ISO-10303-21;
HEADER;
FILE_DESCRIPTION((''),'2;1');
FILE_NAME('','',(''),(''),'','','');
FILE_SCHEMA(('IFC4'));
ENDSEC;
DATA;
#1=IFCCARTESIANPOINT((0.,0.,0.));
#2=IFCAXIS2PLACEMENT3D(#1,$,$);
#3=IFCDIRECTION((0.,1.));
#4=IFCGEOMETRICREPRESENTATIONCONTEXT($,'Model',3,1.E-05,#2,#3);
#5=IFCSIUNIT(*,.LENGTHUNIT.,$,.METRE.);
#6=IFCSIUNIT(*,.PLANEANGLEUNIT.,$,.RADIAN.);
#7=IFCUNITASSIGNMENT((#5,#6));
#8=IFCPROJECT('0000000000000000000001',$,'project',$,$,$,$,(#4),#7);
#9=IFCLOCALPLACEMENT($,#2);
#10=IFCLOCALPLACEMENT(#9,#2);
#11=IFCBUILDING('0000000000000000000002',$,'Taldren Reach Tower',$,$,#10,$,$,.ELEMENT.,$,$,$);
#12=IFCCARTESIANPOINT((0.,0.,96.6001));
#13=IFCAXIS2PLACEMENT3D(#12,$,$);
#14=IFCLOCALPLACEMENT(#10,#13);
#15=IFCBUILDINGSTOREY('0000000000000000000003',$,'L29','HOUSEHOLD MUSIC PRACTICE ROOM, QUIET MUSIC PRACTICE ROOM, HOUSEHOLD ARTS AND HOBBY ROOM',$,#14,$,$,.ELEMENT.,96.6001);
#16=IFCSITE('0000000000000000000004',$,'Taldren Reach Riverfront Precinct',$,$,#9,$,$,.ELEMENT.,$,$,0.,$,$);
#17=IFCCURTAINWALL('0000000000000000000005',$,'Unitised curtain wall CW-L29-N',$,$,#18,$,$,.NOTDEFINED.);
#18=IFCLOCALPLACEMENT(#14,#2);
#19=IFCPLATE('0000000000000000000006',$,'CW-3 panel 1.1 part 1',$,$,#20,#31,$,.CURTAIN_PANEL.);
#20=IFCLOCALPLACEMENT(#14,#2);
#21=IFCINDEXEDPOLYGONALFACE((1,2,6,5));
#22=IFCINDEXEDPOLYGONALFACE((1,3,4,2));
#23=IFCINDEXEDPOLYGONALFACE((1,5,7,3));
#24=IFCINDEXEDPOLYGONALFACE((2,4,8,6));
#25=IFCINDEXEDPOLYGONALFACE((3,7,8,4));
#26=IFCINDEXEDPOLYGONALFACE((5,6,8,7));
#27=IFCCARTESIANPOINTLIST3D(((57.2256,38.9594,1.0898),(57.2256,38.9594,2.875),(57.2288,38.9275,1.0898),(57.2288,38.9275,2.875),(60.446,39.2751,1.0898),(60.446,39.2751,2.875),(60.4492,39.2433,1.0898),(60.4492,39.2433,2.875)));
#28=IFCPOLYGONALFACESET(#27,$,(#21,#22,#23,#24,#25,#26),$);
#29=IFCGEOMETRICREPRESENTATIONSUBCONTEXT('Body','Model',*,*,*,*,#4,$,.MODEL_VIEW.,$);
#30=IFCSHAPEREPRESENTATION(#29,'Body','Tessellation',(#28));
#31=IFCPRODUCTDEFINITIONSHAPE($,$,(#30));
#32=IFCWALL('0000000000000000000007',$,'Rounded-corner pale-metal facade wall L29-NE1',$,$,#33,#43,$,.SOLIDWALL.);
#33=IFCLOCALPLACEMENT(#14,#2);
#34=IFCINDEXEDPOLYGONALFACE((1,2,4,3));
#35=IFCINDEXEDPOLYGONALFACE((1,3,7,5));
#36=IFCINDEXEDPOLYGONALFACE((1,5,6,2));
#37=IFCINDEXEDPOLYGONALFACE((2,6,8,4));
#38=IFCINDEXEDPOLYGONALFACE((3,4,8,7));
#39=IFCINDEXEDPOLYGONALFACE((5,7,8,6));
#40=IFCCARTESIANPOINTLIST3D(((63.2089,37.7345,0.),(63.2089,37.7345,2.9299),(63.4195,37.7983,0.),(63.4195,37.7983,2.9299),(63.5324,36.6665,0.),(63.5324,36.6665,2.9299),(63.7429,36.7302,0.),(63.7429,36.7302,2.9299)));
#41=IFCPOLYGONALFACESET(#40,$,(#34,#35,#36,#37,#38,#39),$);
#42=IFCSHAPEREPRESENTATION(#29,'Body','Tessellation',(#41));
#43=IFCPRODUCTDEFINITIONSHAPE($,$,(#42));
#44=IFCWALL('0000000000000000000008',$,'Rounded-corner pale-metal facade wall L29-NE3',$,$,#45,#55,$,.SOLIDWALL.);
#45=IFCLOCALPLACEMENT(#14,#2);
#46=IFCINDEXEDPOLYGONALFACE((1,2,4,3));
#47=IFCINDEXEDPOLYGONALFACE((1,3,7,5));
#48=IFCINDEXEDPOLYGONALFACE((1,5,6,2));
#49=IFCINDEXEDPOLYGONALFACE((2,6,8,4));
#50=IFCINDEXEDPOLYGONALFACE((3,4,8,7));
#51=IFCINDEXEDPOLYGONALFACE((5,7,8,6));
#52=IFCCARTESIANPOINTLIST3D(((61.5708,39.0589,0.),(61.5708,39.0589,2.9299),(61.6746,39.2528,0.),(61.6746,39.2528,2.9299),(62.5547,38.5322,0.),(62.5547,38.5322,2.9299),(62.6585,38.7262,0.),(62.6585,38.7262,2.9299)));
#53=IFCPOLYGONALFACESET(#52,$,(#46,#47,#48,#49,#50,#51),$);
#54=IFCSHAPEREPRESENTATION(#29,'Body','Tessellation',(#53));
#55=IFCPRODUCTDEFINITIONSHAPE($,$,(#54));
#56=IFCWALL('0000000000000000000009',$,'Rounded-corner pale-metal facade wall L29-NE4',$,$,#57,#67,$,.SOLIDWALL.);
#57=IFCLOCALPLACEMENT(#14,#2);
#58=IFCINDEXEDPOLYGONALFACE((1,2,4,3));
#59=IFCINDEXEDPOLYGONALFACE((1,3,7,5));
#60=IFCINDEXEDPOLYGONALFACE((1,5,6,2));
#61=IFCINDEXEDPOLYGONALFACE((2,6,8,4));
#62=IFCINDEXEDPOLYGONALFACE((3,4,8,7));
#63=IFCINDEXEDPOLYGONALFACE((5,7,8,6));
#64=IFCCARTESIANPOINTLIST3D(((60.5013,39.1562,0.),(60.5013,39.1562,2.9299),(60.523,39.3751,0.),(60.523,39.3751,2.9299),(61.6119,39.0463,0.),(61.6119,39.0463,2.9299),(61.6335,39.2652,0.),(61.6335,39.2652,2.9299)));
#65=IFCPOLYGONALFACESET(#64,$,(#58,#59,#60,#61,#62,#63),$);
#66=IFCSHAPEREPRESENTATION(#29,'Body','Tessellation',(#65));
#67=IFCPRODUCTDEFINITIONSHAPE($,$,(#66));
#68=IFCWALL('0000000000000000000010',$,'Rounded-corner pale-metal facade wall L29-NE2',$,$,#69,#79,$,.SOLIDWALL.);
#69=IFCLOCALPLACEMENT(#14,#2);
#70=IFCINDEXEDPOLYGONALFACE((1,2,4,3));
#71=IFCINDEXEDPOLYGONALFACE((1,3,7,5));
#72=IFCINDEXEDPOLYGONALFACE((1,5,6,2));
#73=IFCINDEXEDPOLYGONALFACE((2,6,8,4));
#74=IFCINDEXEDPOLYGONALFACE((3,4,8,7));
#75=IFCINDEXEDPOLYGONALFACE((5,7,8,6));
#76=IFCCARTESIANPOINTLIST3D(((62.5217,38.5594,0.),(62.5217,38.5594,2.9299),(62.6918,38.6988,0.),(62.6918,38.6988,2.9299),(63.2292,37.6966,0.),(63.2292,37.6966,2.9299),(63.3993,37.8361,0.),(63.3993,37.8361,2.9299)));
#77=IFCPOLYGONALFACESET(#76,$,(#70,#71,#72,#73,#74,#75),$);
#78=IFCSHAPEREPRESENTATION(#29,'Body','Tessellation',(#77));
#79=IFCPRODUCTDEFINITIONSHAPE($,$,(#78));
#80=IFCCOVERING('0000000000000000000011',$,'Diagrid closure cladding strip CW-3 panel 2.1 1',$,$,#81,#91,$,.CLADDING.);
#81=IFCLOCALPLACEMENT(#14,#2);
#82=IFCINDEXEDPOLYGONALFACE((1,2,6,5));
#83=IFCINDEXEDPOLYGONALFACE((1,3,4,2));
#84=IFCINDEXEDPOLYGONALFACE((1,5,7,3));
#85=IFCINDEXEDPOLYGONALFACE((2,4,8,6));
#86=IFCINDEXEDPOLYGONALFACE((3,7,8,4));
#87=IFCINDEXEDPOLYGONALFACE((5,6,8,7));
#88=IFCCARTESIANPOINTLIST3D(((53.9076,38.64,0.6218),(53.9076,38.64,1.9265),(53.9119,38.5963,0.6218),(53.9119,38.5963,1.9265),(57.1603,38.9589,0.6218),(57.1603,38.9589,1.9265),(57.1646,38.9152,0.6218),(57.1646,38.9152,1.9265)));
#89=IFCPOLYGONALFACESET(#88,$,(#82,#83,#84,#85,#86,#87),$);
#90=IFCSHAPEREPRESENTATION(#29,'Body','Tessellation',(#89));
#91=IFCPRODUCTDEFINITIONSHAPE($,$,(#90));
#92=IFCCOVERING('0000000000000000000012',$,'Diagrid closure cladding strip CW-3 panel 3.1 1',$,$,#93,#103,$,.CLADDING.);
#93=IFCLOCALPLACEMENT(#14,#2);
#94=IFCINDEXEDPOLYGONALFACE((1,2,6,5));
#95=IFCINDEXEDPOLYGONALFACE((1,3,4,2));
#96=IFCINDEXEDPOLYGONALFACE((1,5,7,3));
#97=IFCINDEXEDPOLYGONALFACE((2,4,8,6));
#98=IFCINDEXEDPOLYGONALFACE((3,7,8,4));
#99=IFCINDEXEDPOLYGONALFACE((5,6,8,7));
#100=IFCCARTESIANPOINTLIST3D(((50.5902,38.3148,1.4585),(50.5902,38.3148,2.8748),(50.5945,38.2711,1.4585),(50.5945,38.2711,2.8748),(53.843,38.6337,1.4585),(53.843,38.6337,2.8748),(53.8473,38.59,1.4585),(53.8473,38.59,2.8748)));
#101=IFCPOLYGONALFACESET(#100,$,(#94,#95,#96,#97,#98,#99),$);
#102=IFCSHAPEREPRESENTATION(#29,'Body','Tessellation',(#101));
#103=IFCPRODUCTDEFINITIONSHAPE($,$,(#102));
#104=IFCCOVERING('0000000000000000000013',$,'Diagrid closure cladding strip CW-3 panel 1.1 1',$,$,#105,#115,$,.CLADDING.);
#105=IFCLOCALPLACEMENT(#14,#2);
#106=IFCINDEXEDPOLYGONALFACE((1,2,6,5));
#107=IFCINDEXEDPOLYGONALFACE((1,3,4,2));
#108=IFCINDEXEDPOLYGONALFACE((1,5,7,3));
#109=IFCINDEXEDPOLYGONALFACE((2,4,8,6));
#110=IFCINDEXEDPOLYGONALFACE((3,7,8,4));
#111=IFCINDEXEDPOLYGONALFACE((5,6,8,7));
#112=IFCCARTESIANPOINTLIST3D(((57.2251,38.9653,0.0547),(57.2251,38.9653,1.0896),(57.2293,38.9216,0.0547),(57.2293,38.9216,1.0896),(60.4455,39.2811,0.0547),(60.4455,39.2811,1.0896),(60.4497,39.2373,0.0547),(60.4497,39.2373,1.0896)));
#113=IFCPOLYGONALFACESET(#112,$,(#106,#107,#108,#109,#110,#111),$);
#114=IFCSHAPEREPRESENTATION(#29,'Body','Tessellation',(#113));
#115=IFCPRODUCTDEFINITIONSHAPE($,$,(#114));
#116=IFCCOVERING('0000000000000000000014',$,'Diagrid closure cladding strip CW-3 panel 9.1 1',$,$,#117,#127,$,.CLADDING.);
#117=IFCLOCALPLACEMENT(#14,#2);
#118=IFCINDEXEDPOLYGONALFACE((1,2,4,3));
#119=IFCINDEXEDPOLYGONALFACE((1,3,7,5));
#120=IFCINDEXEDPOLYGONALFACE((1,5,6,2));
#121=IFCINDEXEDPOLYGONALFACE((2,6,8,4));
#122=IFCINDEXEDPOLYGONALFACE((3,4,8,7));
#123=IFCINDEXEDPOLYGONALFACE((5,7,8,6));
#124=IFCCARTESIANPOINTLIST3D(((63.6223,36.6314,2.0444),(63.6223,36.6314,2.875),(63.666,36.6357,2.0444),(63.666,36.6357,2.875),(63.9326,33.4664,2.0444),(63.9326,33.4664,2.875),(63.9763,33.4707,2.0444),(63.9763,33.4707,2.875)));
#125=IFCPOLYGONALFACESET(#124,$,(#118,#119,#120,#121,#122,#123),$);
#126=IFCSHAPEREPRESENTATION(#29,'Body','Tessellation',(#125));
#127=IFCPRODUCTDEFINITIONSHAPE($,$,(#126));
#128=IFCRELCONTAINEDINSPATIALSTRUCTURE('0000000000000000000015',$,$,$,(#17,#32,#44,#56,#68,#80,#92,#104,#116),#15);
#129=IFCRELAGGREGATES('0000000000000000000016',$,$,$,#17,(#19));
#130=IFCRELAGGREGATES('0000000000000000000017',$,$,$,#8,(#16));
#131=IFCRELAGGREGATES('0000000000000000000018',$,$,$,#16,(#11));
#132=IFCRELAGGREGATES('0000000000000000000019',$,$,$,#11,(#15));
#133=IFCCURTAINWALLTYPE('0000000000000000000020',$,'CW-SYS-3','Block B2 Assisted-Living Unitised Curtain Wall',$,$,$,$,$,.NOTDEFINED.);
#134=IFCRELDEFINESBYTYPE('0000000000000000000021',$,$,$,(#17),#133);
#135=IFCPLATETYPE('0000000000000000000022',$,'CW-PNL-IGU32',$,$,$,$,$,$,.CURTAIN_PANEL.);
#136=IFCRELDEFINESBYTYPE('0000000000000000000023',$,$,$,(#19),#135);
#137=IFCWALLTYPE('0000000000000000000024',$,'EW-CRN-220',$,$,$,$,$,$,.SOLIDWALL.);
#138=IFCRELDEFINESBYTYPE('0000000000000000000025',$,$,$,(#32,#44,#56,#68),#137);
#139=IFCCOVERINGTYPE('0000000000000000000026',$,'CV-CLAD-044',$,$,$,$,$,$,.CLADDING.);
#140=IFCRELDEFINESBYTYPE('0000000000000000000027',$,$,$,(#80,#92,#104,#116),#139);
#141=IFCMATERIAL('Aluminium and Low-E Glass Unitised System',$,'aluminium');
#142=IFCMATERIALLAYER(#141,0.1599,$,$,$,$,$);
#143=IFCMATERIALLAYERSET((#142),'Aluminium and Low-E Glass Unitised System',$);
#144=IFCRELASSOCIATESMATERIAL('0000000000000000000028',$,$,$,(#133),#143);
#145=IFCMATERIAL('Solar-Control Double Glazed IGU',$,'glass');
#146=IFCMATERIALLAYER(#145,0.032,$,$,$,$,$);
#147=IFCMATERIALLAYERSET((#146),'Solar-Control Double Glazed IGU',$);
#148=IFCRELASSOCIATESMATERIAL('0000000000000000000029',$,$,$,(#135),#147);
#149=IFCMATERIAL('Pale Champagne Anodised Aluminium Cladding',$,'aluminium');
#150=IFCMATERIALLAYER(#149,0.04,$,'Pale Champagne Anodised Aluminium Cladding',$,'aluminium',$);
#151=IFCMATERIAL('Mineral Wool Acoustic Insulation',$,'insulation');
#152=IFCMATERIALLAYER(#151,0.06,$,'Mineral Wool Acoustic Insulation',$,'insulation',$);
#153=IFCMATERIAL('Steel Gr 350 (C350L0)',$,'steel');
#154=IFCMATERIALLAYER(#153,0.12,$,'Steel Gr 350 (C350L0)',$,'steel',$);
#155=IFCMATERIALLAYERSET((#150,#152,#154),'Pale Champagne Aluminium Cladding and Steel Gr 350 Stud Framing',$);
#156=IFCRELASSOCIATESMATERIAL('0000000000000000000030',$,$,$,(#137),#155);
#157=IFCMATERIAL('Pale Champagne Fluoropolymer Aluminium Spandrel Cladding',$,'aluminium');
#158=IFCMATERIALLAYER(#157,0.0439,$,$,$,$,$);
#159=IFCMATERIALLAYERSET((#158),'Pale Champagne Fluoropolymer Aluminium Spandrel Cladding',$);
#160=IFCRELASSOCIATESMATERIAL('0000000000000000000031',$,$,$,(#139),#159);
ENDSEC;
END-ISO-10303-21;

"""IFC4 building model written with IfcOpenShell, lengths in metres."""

from ifc_helpers import new_model, si_unit, direction, frame, frame_2d, origin, origin_2d, place, context, subcontext, project, spatial, rectangle, extrude, source, transform, mapped, material, layer, layer_set, type_object, element, aggregate, save


model = new_model("IFC4")

# Units and contexts
model_context = context("Model", 3, precision=1e-05, world=origin(), true_north=direction((0.0, 1.0)))
body_context = subcontext(model_context, "Body", "Model", "MODEL_VIEW")
ifc_project = project(units=[si_unit("LENGTHUNIT", "METRE"), si_unit("PLANEANGLEUNIT", "RADIAN")], contexts=[model_context])

# Site, building, storey
site_placement = place(None, origin())
site = spatial("IfcSite", under=ifc_project, at=site_placement, Name="Taldren Reach Riverfront Precinct", CompositionType="ELEMENT", RefElevation=0.0)
building_placement = place(site_placement, origin())
building = spatial("IfcBuilding", under=site, at=building_placement, Name="Taldren Reach Tower", CompositionType="ELEMENT")
storey_placement = place(building_placement, frame((0.0, 0.0, 96.6001)))
storey = spatial("IfcBuildingStorey", under=building, at=storey_placement, Name="L29", Description="HOUSEHOLD MUSIC PRACTICE ROOM, QUIET MUSIC PRACTICE ROOM, HOUSEHOLD ARTS AND HOBBY ROOM", CompositionType="ELEMENT", Elevation=96.6001)

# Shared definitions
ifc_material_1 = material(Name="Steel Gr 350 (C350L0)", Category="steel")

# Curtain wall
ifc_material_2 = material(Name="Aluminium and Low-E Glass Unitised System", Category="aluminium")
ifc_layer_1 = layer(ifc_material_2, 0.1599)
ifc_layer_set_1 = layer_set([ifc_layer_1], Name="Aluminium and Low-E Glass Unitised System")
curtain_wall_type = type_object("IfcCurtainWallType", Name="CW-SYS-3", Description="Block B2 Assisted-Living Unitised Curtain Wall", PredefinedType="NOTDEFINED", material=ifc_layer_set_1)
curtain_wall_1_placement = place(storey_placement, origin())
curtain_wall_1 = element("IfcCurtainWall", 1, at=curtain_wall_1_placement, inside=storey, type_object=curtain_wall_type, Name="Unitised curtain wall CW-L29-N", PredefinedType="NOTDEFINED")

# Plate
ifc_material_3 = material(Name="Solar-Control Double Glazed IGU", Category="glass")
ifc_layer_2 = layer(ifc_material_3, 0.032)
ifc_layer_set_2 = layer_set([ifc_layer_2], Name="Solar-Control Double Glazed IGU")
plate_type_1 = type_object("IfcPlateType", Name="CW-PNL-IGU32", PredefinedType="CURTAIN_PANEL", material=ifc_layer_set_2)
shared_shape_1 = source(origin(), body_context, "Body", "SweptSolid", [
    extrude(rectangle(XDim=3.2358, YDim=0.032, at=origin_2d()), origin(), (0.0, 0.0, 1.0), 1.7852),
])
plate_1_placement = place(storey_placement, frame((58.8374, 39.1013, 1.0898), z_axis=(0.0, 0.0, 1.0), x_axis=(-0.995227, -0.097583, 0.0)))
plate_1 = element("IfcPlate", 2, at=plate_1_placement, type_object=plate_type_1, Name="CW-3 panel 1.1 part 1", PredefinedType="CURTAIN_PANEL", context=body_context, shape_type="MappedRepresentation", body=[
    mapped(shared_shape_1, transform((0.0, 0.0, 0.0), scale=1.0)),
])
aggregate(curtain_wall_1, [plate_1])

# Walls
ifc_material_4 = material(Name="Pale Champagne Anodised Aluminium Cladding", Category="aluminium")
ifc_layer_3 = layer(ifc_material_4, 0.04, Name="Pale Champagne Anodised Aluminium Cladding", Category="aluminium")
ifc_material_5 = material(Name="Mineral Wool Acoustic Insulation", Category="insulation")
ifc_layer_4 = layer(ifc_material_5, 0.06, Name="Mineral Wool Acoustic Insulation", Category="insulation")
ifc_layer_5 = layer(ifc_material_1, 0.12, Name="Steel Gr 350 (C350L0)", Category="steel")
ifc_layer_set_3 = layer_set([ifc_layer_3, ifc_layer_4, ifc_layer_5], Name="Pale Champagne Aluminium Cladding and Steel Gr 350 Stud Framing")
wall_type = type_object("IfcWallType", Name="EW-CRN-220", PredefinedType="SOLIDWALL", material=ifc_layer_set_3)
shared_shape_2 = source(origin(), body_context, "Body", "SweptSolid", [
    extrude(rectangle(XDim=1.116, YDim=0.22, at=frame_2d((0.5581, 0.0))), origin(), (0.0, 0.0, 1.0), 2.9299),
])
for number, where, z_axis, x_axis, name in (
    (3, (63.6377, 36.6982, 0.0), (0.0, 0.0, 1.0), (-0.289856, 0.95707, 0.0), "Rounded-corner pale-metal facade wall L29-NE1"),
    (4, (62.6067, 38.6292, 0.0), (0.0, 0.0, 1.0), (-0.881656, 0.471894, 0.0), "Rounded-corner pale-metal facade wall L29-NE3"),
    (5, (61.6228, 39.1558, 0.0), (0.0, 0.0, 1.0), (-0.995143, 0.098442, 0.0), "Rounded-corner pale-metal facade wall L29-NE4"),
):
    element("IfcWall", number, at=place(storey_placement, frame(where, z_axis=z_axis, x_axis=x_axis)), inside=storey, type_object=wall_type, Name=name, PredefinedType="SOLIDWALL", context=body_context, shape_type="MappedRepresentation", body=[
        mapped(shared_shape_2, transform((0.0, 0.0, 0.0), scale=1.0)),
    ])
shared_shape_3 = source(origin(), body_context, "Body", "SweptSolid", [
    extrude(rectangle(XDim=1.1157, YDim=0.22, at=frame_2d((0.5579, 0.0))), origin(), (0.0, 0.0, 1.0), 2.9299),
])
wall_placement = place(storey_placement, frame((63.3142, 37.7664, 0.0), z_axis=(0.0, 0.0, 1.0), x_axis=(-0.634095, 0.773255, 0.0)))
element("IfcWall", 6, at=wall_placement, inside=storey, type_object=wall_type, Name="Rounded-corner pale-metal facade wall L29-NE2", PredefinedType="SOLIDWALL", context=body_context, shape_type="MappedRepresentation", body=[
    mapped(shared_shape_3, transform((0.0, 0.0, 0.0), scale=1.0)),
])

# Coverings
ifc_material_6 = material(Name="Pale Champagne Fluoropolymer Aluminium Spandrel Cladding", Category="aluminium")
ifc_layer_6 = layer(ifc_material_6, 0.0439)
ifc_layer_set_4 = layer_set([ifc_layer_6], Name="Pale Champagne Fluoropolymer Aluminium Spandrel Cladding")
covering_type = type_object("IfcCoveringType", Name="CV-CLAD-044", PredefinedType="CLADDING", material=ifc_layer_set_4)
shared_shape_4 = source(origin(), body_context, "Body", "SweptSolid", [
    extrude(rectangle(XDim=3.2683, YDim=0.0439, at=origin_2d()), origin(), (0.0, 0.0, 1.0), 1.3047),
])
covering_1_placement = place(storey_placement, frame((55.5361, 38.7776, 0.6218), z_axis=(0.0, 0.0, 1.0), x_axis=(-0.995227, -0.097583, 0.0)))
element("IfcCovering", 7, at=covering_1_placement, inside=storey, type_object=covering_type, Name="Diagrid closure cladding strip CW-3 panel 2.1 1", PredefinedType="CLADDING", context=body_context, shape_type="MappedRepresentation", body=[
    mapped(shared_shape_4, transform((0.0, 0.0, 0.0), scale=1.0)),
])
shared_shape_5 = source(origin(), body_context, "Body", "SweptSolid", [
    extrude(rectangle(XDim=3.2683, YDim=0.0439, at=origin_2d()), origin(), (0.0, 0.0, 1.0), 1.4163),
])
covering_2_placement = place(storey_placement, frame((52.2188, 38.4524, 1.4585), z_axis=(0.0, 0.0, 1.0), x_axis=(-0.995227, -0.097583, 0.0)))
element("IfcCovering", 8, at=covering_2_placement, inside=storey, type_object=covering_type, Name="Diagrid closure cladding strip CW-3 panel 3.1 1", PredefinedType="CLADDING", context=body_context, shape_type="MappedRepresentation", body=[
    mapped(shared_shape_5, transform((0.0, 0.0, 0.0), scale=1.0)),
])
shared_shape_6 = source(origin(), body_context, "Body", "SweptSolid", [
    extrude(rectangle(XDim=3.2358, YDim=0.0439, at=origin_2d()), origin(), (0.0, 0.0, 1.0), 1.0349),
])
covering_3_placement = place(storey_placement, frame((58.8374, 39.1013, 0.0547), z_axis=(0.0, 0.0, 1.0), x_axis=(-0.995227, -0.097583, 0.0)))
element("IfcCovering", 9, at=covering_3_placement, inside=storey, type_object=covering_type, Name="Diagrid closure cladding strip CW-3 panel 1.1 1", PredefinedType="CLADDING", context=body_context, shape_type="MappedRepresentation", body=[
    mapped(shared_shape_6, transform((0.0, 0.0, 0.0), scale=1.0)),
])
shared_shape_7 = source(origin(), body_context, "Body", "SweptSolid", [
    extrude(rectangle(XDim=3.1802, YDim=0.0439, at=origin_2d()), origin(), (0.0, 0.0, 1.0), 0.8306),
])
covering_4_placement = place(storey_placement, frame((63.7993, 35.051, 2.0444), z_axis=(0.0, 0.0, 1.0), x_axis=(-0.097583, 0.995227, 0.0)))
element("IfcCovering", 10, at=covering_4_placement, inside=storey, type_object=covering_type, Name="Diagrid closure cladding strip CW-3 panel 9.1 1", PredefinedType="CLADDING", context=body_context, shape_type="MappedRepresentation", body=[
    mapped(shared_shape_7, transform((0.0, 0.0, 0.0), scale=1.0)),
])

save(model, "model.ifc")
